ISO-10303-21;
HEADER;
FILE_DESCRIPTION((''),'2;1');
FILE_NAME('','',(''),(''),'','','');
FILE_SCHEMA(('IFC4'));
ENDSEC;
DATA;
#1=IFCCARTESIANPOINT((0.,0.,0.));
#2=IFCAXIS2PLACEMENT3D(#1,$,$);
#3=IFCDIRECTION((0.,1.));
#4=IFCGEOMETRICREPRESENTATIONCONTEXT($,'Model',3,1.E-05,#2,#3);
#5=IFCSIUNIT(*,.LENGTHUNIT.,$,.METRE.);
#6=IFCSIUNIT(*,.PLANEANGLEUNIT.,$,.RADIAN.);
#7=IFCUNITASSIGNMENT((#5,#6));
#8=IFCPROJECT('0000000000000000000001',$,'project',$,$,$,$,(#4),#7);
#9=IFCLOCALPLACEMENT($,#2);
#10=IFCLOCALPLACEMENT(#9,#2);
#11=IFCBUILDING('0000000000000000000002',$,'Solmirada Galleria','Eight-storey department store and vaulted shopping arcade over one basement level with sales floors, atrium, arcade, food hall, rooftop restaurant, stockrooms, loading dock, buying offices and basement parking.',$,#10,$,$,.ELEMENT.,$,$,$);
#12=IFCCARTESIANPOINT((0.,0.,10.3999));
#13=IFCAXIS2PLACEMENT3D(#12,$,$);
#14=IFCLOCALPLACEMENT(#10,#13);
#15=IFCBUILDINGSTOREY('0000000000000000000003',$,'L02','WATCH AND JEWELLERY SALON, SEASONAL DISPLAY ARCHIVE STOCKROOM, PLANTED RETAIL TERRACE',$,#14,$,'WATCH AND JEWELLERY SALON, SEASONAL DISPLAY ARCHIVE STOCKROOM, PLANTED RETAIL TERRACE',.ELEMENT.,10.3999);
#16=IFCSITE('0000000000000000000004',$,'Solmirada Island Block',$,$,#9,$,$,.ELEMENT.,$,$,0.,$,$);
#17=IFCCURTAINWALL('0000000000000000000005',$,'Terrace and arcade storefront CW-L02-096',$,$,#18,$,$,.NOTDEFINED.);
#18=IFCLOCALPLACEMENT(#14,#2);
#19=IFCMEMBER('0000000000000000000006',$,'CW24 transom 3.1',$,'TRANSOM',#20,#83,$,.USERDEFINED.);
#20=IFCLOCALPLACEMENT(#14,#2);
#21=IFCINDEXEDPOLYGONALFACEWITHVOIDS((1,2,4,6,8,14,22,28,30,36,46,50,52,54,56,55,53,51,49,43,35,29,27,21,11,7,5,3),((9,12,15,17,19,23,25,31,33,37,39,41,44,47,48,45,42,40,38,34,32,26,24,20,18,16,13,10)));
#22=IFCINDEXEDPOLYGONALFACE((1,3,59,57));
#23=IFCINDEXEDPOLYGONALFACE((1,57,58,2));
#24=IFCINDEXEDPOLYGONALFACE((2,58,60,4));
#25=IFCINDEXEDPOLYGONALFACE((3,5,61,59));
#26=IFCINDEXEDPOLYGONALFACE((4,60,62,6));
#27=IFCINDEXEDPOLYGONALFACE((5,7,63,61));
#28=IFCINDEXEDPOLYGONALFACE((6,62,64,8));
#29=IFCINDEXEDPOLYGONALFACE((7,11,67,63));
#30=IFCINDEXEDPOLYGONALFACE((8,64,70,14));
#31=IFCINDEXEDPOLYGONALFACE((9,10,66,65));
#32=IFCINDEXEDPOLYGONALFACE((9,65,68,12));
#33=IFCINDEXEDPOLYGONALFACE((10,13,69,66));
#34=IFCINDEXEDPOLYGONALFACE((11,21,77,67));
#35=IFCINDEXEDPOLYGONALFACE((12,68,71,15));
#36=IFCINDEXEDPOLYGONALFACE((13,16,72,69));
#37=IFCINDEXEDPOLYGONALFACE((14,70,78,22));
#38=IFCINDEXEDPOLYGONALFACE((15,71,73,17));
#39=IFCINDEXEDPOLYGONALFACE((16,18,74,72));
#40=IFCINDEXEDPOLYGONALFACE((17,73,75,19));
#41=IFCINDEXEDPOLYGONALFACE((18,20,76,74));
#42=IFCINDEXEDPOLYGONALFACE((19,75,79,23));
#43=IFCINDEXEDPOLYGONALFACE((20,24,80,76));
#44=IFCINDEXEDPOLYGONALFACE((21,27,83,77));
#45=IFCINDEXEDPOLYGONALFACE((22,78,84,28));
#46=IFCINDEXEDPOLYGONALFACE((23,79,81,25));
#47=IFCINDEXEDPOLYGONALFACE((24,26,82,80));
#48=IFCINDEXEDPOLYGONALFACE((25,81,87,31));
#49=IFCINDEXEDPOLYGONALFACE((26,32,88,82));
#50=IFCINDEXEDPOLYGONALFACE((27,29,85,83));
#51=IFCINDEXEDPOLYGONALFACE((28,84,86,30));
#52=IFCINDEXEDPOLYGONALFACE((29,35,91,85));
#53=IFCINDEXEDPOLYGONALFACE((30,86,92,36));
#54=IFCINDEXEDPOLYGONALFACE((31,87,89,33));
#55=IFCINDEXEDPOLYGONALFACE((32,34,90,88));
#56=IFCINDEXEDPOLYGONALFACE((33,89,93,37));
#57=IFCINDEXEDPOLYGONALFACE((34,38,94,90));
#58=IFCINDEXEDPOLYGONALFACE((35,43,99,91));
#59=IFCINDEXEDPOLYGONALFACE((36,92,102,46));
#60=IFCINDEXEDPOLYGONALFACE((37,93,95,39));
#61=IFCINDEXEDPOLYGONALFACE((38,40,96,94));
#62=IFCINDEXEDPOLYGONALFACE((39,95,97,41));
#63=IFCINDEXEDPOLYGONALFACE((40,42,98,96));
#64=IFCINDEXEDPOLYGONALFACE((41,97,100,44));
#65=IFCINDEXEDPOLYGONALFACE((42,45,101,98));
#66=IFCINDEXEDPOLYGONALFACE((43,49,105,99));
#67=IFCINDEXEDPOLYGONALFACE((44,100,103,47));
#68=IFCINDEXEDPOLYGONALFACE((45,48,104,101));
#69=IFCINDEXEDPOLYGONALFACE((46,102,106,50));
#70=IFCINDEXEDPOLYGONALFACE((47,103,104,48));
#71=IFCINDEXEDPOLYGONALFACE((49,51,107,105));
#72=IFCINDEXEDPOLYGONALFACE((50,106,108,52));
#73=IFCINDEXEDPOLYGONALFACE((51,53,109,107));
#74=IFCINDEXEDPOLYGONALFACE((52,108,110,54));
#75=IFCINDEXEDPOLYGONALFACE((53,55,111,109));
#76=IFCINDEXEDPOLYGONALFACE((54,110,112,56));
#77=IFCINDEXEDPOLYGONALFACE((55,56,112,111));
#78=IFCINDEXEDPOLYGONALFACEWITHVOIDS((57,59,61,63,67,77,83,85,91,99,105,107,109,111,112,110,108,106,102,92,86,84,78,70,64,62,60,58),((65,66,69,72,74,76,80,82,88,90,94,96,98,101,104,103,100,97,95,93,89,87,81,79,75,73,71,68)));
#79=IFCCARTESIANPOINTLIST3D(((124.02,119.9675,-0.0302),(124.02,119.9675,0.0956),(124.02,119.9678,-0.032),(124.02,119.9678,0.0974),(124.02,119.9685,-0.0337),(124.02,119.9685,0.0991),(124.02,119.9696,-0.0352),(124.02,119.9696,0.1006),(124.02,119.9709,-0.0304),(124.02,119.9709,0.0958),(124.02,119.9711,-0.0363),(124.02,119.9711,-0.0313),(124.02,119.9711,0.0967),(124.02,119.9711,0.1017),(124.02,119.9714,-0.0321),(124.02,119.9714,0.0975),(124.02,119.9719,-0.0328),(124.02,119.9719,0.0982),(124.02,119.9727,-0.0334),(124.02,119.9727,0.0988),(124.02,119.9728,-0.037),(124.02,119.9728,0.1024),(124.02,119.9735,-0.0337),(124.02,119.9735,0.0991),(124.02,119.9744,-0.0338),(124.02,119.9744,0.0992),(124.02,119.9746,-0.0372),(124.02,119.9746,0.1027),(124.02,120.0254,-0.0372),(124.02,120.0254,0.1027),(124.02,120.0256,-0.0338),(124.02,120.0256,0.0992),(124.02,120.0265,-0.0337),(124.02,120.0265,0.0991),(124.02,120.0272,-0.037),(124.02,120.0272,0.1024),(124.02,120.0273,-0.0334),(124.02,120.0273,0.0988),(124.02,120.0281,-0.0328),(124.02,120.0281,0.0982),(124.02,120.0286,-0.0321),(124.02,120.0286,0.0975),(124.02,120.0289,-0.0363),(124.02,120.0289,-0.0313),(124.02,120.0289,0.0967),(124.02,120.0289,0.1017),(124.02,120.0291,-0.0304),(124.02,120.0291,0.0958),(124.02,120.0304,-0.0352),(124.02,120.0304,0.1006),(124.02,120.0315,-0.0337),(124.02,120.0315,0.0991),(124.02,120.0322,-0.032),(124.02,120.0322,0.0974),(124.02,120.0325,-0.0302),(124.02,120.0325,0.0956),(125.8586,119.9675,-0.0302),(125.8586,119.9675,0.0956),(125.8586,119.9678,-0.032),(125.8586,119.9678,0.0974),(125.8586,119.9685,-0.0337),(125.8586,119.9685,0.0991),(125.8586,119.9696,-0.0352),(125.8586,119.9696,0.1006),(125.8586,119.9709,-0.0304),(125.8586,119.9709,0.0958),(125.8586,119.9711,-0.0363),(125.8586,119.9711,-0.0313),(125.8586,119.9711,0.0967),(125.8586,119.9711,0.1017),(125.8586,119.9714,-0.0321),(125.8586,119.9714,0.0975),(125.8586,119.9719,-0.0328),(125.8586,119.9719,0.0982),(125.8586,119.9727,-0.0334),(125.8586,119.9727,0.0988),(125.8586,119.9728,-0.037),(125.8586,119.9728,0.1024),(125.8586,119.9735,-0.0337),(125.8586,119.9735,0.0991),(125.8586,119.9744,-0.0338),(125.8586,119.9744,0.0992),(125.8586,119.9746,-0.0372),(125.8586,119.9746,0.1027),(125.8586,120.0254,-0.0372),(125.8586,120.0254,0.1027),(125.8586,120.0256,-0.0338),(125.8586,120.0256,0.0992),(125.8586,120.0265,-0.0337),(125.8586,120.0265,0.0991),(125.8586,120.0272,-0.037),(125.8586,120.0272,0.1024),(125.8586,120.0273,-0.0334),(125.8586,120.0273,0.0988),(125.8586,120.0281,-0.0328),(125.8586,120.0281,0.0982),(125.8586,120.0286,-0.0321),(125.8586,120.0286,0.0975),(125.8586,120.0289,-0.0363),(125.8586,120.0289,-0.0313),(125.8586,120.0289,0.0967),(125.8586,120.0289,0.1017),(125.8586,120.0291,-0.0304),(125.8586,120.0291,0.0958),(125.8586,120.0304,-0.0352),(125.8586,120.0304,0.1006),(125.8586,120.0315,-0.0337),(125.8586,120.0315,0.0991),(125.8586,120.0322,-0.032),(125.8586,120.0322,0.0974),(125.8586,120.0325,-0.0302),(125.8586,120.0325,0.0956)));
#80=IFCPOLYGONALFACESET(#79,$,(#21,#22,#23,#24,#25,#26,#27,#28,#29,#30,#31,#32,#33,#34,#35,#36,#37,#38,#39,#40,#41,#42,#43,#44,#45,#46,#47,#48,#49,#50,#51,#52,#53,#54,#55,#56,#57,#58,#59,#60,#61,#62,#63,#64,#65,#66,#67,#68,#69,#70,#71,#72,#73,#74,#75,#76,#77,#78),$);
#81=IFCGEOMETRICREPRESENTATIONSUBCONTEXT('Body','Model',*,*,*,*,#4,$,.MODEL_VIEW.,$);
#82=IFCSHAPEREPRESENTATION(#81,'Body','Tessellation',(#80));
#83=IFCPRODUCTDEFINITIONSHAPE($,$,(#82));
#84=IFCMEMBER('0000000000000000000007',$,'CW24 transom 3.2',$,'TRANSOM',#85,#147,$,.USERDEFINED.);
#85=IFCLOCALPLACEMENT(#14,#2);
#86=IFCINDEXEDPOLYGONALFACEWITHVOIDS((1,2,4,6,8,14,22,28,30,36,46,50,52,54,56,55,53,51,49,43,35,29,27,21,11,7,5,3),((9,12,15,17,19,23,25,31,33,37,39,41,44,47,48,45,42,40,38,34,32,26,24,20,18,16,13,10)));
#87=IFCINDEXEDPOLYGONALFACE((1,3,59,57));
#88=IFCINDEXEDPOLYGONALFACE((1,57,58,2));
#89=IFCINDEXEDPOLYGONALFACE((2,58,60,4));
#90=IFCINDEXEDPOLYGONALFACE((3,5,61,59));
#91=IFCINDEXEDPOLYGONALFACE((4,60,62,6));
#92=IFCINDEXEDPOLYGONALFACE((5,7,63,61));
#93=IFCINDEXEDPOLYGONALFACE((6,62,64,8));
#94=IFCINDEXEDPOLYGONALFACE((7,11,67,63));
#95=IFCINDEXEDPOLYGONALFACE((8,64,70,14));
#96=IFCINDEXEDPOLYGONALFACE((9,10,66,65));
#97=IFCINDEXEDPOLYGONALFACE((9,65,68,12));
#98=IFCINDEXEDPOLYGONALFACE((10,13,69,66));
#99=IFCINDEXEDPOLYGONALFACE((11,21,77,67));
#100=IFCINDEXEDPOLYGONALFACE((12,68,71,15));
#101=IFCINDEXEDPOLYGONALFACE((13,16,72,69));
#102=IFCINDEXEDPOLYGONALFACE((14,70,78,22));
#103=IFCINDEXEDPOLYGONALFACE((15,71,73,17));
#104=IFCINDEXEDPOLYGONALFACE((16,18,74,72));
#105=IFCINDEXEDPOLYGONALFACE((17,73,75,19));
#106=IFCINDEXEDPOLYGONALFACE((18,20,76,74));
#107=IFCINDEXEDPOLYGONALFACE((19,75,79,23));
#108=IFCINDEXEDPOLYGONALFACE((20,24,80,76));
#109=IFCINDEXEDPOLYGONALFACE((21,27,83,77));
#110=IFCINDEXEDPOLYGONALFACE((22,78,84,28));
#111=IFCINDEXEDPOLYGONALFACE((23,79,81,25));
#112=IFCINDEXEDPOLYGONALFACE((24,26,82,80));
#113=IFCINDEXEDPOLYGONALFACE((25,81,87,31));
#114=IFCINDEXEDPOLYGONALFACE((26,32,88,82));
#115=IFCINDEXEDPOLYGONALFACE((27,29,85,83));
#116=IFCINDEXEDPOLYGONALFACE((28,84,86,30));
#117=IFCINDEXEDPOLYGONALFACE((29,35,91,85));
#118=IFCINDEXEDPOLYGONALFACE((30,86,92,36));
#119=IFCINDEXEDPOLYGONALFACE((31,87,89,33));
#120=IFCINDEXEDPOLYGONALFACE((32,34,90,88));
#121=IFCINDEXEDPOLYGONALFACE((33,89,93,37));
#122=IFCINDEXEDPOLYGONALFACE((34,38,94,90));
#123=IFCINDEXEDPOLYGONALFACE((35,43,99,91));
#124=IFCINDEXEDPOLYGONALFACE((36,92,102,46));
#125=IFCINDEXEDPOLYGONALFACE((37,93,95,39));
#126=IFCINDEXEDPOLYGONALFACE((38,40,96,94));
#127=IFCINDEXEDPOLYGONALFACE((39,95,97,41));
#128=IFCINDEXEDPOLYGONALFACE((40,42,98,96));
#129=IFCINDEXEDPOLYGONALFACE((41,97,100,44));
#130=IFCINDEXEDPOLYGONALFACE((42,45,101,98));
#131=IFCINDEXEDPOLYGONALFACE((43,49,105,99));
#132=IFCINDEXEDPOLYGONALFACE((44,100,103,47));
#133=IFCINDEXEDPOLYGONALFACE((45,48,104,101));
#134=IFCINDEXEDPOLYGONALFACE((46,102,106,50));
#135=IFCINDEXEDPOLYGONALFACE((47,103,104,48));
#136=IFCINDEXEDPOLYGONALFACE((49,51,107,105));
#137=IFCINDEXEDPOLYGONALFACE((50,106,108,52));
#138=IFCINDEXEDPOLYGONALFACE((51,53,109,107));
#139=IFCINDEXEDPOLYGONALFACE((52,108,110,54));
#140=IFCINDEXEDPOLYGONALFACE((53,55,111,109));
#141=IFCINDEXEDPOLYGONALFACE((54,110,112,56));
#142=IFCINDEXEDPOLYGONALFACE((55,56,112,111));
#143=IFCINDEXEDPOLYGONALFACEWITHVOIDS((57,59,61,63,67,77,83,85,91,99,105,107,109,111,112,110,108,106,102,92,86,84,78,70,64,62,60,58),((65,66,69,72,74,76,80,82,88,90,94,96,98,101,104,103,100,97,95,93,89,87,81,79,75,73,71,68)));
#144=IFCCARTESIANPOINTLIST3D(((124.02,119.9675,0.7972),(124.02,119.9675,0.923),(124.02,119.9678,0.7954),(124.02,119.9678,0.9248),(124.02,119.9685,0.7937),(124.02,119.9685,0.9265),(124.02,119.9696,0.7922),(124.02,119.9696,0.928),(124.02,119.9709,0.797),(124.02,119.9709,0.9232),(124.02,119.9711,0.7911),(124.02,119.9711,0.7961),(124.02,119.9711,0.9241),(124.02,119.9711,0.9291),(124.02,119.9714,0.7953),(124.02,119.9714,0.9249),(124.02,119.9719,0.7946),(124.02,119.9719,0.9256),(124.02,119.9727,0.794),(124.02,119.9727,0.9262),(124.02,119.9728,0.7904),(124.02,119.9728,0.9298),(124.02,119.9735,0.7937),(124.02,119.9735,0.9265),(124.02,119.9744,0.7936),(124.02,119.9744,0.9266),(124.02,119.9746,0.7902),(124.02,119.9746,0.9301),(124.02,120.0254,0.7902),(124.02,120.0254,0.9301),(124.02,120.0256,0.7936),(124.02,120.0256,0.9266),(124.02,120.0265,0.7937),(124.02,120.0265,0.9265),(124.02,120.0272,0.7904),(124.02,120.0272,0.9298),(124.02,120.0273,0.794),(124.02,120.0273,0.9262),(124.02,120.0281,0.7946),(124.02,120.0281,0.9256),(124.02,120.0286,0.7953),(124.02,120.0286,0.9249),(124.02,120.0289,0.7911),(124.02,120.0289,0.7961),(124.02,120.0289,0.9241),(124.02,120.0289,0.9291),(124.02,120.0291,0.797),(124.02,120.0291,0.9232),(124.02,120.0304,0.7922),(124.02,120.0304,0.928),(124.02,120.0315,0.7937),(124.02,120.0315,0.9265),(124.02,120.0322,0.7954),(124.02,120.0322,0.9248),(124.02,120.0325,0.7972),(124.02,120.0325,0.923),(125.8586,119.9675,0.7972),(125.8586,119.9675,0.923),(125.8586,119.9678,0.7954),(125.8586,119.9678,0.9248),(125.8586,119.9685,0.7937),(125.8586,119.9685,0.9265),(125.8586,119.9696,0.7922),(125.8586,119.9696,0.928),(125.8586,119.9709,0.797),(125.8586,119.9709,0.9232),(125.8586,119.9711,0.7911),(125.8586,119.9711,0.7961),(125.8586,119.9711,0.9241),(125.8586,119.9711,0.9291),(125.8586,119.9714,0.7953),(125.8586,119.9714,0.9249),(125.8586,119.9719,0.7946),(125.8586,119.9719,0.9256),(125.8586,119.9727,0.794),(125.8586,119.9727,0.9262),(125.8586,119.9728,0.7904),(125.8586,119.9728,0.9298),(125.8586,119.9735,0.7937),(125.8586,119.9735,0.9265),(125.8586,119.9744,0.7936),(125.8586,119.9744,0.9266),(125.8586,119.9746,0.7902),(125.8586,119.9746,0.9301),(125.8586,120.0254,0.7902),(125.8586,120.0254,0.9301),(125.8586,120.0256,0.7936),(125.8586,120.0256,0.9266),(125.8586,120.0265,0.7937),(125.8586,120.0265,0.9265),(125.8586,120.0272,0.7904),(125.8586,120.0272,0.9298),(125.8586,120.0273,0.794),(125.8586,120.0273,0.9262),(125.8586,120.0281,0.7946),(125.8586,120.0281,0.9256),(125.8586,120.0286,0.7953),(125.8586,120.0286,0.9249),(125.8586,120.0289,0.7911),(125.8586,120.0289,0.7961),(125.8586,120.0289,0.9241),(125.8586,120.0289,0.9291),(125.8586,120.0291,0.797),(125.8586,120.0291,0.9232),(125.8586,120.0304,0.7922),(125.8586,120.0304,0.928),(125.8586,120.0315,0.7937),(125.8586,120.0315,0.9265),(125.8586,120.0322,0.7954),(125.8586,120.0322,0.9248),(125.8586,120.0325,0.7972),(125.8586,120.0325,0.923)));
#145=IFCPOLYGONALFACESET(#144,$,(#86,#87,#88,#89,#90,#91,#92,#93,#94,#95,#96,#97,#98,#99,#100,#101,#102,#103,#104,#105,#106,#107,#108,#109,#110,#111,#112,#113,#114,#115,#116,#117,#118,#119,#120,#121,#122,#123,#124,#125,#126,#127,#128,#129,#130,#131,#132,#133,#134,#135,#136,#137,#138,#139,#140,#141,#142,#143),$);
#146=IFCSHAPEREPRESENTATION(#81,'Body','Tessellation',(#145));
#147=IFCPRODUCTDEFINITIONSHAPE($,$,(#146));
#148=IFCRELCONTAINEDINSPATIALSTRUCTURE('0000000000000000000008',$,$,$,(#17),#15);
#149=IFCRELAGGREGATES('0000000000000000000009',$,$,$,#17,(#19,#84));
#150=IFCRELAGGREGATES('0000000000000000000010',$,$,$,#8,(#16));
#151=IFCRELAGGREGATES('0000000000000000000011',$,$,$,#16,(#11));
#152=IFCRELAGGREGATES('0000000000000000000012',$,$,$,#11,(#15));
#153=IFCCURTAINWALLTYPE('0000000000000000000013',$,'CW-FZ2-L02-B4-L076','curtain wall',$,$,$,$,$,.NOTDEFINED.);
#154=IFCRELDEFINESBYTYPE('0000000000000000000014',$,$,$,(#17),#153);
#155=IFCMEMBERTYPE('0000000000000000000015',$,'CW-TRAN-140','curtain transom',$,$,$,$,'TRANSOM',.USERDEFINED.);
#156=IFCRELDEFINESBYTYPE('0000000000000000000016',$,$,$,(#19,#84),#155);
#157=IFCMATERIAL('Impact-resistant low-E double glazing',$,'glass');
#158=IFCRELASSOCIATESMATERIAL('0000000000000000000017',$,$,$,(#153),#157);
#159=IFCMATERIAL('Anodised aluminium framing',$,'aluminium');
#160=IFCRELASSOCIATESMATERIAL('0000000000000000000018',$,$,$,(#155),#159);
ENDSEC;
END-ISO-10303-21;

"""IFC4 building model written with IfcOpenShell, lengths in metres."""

from ifc_helpers import new_model, si_unit, direction, frame, origin, origin_2d, place, context, subcontext, project, spatial, hollow_rectangle, extrude, material, material_profile, profile_set, type_object, element, aggregate, save


model = new_model("IFC4")

# Units and contexts
model_context = context("Model", 3, precision=1e-05, world=origin(), true_north=direction((0.0, 1.0)))
body_context = subcontext(model_context, "Body", "Model", "MODEL_VIEW")
ifc_project = project(units=[si_unit("LENGTHUNIT", "METRE"), si_unit("PLANEANGLEUNIT", "RADIAN")], contexts=[model_context])

# Site, building, storey
site_placement = place(None, origin())
site = spatial("IfcSite", under=ifc_project, at=site_placement, Name="Solmirada Island Block", CompositionType="ELEMENT", RefElevation=0.0)
building_placement = place(site_placement, origin())
building = spatial("IfcBuilding", under=site, at=building_placement, Name="Solmirada Galleria", Description="Eight-storey department store and vaulted shopping arcade over one basement level with sales floors, atrium, arcade, food hall, rooftop restaurant, stockrooms, loading dock, buying offices and basement parking.", CompositionType="ELEMENT")
storey_placement = place(building_placement, frame((0.0, 0.0, 10.3999)))
storey = spatial("IfcBuildingStorey", under=building, at=storey_placement, Name="L02", Description="WATCH AND JEWELLERY SALON, SEASONAL DISPLAY ARCHIVE STOCKROOM, PLANTED RETAIL TERRACE", LongName="WATCH AND JEWELLERY SALON, SEASONAL DISPLAY ARCHIVE STOCKROOM, PLANTED RETAIL TERRACE", CompositionType="ELEMENT", Elevation=10.3999)

# Shared definitions
ifc_material_1 = material(Name="Impact-resistant low-E double glazing", Category="glass")
ifc_material_2 = material(Name="Anodised aluminium framing", Category="aluminium")

# Curtain wall, members
curtain_wall_type_1 = type_object("IfcCurtainWallType", Name="CW-FZ2-L02-B4-L076", Description="curtain wall", PredefinedType="NOTDEFINED", material=ifc_material_1)
curtain_wall_1_placement = place(storey_placement, origin())
curtain_wall_1 = element("IfcCurtainWall", 1, at=curtain_wall_1_placement, inside=storey, type_object=curtain_wall_type_1, Name="Terrace and arcade storefront CW-L02-096", PredefinedType="NOTDEFINED")
ifc_material_profile_1 = material_profile(ifc_material_2, hollow_rectangle(XDim=0.0649, YDim=0.1399, WallThickness=0.0034, InnerFilletRadius=0.0034, OuterFilletRadius=0.0071, at=origin_2d()), Name="ALU-TRAN-140X65")
ifc_profile_set_1 = profile_set([ifc_material_profile_1], Name="Anodised aluminium framing")
member_type_1 = type_object("IfcMemberType", Name="CW-TRAN-140", Description="curtain transom", ElementType="TRANSOM", PredefinedType="USERDEFINED", material=ifc_profile_set_1)
member_1_placement = place(storey_placement, frame((124.02, 120.0, 0.0327), z_axis=(1.0, 0.0, 0.0), x_axis=(0.0, 1.0, 0.0)))
member_1 = element("IfcMember", 2, at=member_1_placement, type_object=member_type_1, Name="CW24 transom 3.1", ObjectType="TRANSOM", PredefinedType="USERDEFINED", context=body_context, shape_type="SweptSolid", body=[
    extrude(hollow_rectangle(XDim=0.0649, YDim=0.1399, WallThickness=0.0034, InnerFilletRadius=0.0034, OuterFilletRadius=0.0071, at=origin_2d()), origin(), (0.0, 0.0, 1.0), 1.8386),
])
member_2_placement = place(storey_placement, frame((124.02, 120.0, 0.8601), z_axis=(1.0, 0.0, 0.0), x_axis=(0.0, 1.0, 0.0)))
member_2 = element("IfcMember", 3, at=member_2_placement, type_object=member_type_1, Name="CW24 transom 3.2", ObjectType="TRANSOM", PredefinedType="USERDEFINED", context=body_context, shape_type="SweptSolid", body=[
    extrude(hollow_rectangle(XDim=0.0649, YDim=0.1399, WallThickness=0.0034, InnerFilletRadius=0.0034, OuterFilletRadius=0.0071, at=origin_2d()), origin(), (0.0, 0.0, 1.0), 1.8386),
])
aggregate(curtain_wall_1, [member_1, member_2])

save(model, "model.ifc")
